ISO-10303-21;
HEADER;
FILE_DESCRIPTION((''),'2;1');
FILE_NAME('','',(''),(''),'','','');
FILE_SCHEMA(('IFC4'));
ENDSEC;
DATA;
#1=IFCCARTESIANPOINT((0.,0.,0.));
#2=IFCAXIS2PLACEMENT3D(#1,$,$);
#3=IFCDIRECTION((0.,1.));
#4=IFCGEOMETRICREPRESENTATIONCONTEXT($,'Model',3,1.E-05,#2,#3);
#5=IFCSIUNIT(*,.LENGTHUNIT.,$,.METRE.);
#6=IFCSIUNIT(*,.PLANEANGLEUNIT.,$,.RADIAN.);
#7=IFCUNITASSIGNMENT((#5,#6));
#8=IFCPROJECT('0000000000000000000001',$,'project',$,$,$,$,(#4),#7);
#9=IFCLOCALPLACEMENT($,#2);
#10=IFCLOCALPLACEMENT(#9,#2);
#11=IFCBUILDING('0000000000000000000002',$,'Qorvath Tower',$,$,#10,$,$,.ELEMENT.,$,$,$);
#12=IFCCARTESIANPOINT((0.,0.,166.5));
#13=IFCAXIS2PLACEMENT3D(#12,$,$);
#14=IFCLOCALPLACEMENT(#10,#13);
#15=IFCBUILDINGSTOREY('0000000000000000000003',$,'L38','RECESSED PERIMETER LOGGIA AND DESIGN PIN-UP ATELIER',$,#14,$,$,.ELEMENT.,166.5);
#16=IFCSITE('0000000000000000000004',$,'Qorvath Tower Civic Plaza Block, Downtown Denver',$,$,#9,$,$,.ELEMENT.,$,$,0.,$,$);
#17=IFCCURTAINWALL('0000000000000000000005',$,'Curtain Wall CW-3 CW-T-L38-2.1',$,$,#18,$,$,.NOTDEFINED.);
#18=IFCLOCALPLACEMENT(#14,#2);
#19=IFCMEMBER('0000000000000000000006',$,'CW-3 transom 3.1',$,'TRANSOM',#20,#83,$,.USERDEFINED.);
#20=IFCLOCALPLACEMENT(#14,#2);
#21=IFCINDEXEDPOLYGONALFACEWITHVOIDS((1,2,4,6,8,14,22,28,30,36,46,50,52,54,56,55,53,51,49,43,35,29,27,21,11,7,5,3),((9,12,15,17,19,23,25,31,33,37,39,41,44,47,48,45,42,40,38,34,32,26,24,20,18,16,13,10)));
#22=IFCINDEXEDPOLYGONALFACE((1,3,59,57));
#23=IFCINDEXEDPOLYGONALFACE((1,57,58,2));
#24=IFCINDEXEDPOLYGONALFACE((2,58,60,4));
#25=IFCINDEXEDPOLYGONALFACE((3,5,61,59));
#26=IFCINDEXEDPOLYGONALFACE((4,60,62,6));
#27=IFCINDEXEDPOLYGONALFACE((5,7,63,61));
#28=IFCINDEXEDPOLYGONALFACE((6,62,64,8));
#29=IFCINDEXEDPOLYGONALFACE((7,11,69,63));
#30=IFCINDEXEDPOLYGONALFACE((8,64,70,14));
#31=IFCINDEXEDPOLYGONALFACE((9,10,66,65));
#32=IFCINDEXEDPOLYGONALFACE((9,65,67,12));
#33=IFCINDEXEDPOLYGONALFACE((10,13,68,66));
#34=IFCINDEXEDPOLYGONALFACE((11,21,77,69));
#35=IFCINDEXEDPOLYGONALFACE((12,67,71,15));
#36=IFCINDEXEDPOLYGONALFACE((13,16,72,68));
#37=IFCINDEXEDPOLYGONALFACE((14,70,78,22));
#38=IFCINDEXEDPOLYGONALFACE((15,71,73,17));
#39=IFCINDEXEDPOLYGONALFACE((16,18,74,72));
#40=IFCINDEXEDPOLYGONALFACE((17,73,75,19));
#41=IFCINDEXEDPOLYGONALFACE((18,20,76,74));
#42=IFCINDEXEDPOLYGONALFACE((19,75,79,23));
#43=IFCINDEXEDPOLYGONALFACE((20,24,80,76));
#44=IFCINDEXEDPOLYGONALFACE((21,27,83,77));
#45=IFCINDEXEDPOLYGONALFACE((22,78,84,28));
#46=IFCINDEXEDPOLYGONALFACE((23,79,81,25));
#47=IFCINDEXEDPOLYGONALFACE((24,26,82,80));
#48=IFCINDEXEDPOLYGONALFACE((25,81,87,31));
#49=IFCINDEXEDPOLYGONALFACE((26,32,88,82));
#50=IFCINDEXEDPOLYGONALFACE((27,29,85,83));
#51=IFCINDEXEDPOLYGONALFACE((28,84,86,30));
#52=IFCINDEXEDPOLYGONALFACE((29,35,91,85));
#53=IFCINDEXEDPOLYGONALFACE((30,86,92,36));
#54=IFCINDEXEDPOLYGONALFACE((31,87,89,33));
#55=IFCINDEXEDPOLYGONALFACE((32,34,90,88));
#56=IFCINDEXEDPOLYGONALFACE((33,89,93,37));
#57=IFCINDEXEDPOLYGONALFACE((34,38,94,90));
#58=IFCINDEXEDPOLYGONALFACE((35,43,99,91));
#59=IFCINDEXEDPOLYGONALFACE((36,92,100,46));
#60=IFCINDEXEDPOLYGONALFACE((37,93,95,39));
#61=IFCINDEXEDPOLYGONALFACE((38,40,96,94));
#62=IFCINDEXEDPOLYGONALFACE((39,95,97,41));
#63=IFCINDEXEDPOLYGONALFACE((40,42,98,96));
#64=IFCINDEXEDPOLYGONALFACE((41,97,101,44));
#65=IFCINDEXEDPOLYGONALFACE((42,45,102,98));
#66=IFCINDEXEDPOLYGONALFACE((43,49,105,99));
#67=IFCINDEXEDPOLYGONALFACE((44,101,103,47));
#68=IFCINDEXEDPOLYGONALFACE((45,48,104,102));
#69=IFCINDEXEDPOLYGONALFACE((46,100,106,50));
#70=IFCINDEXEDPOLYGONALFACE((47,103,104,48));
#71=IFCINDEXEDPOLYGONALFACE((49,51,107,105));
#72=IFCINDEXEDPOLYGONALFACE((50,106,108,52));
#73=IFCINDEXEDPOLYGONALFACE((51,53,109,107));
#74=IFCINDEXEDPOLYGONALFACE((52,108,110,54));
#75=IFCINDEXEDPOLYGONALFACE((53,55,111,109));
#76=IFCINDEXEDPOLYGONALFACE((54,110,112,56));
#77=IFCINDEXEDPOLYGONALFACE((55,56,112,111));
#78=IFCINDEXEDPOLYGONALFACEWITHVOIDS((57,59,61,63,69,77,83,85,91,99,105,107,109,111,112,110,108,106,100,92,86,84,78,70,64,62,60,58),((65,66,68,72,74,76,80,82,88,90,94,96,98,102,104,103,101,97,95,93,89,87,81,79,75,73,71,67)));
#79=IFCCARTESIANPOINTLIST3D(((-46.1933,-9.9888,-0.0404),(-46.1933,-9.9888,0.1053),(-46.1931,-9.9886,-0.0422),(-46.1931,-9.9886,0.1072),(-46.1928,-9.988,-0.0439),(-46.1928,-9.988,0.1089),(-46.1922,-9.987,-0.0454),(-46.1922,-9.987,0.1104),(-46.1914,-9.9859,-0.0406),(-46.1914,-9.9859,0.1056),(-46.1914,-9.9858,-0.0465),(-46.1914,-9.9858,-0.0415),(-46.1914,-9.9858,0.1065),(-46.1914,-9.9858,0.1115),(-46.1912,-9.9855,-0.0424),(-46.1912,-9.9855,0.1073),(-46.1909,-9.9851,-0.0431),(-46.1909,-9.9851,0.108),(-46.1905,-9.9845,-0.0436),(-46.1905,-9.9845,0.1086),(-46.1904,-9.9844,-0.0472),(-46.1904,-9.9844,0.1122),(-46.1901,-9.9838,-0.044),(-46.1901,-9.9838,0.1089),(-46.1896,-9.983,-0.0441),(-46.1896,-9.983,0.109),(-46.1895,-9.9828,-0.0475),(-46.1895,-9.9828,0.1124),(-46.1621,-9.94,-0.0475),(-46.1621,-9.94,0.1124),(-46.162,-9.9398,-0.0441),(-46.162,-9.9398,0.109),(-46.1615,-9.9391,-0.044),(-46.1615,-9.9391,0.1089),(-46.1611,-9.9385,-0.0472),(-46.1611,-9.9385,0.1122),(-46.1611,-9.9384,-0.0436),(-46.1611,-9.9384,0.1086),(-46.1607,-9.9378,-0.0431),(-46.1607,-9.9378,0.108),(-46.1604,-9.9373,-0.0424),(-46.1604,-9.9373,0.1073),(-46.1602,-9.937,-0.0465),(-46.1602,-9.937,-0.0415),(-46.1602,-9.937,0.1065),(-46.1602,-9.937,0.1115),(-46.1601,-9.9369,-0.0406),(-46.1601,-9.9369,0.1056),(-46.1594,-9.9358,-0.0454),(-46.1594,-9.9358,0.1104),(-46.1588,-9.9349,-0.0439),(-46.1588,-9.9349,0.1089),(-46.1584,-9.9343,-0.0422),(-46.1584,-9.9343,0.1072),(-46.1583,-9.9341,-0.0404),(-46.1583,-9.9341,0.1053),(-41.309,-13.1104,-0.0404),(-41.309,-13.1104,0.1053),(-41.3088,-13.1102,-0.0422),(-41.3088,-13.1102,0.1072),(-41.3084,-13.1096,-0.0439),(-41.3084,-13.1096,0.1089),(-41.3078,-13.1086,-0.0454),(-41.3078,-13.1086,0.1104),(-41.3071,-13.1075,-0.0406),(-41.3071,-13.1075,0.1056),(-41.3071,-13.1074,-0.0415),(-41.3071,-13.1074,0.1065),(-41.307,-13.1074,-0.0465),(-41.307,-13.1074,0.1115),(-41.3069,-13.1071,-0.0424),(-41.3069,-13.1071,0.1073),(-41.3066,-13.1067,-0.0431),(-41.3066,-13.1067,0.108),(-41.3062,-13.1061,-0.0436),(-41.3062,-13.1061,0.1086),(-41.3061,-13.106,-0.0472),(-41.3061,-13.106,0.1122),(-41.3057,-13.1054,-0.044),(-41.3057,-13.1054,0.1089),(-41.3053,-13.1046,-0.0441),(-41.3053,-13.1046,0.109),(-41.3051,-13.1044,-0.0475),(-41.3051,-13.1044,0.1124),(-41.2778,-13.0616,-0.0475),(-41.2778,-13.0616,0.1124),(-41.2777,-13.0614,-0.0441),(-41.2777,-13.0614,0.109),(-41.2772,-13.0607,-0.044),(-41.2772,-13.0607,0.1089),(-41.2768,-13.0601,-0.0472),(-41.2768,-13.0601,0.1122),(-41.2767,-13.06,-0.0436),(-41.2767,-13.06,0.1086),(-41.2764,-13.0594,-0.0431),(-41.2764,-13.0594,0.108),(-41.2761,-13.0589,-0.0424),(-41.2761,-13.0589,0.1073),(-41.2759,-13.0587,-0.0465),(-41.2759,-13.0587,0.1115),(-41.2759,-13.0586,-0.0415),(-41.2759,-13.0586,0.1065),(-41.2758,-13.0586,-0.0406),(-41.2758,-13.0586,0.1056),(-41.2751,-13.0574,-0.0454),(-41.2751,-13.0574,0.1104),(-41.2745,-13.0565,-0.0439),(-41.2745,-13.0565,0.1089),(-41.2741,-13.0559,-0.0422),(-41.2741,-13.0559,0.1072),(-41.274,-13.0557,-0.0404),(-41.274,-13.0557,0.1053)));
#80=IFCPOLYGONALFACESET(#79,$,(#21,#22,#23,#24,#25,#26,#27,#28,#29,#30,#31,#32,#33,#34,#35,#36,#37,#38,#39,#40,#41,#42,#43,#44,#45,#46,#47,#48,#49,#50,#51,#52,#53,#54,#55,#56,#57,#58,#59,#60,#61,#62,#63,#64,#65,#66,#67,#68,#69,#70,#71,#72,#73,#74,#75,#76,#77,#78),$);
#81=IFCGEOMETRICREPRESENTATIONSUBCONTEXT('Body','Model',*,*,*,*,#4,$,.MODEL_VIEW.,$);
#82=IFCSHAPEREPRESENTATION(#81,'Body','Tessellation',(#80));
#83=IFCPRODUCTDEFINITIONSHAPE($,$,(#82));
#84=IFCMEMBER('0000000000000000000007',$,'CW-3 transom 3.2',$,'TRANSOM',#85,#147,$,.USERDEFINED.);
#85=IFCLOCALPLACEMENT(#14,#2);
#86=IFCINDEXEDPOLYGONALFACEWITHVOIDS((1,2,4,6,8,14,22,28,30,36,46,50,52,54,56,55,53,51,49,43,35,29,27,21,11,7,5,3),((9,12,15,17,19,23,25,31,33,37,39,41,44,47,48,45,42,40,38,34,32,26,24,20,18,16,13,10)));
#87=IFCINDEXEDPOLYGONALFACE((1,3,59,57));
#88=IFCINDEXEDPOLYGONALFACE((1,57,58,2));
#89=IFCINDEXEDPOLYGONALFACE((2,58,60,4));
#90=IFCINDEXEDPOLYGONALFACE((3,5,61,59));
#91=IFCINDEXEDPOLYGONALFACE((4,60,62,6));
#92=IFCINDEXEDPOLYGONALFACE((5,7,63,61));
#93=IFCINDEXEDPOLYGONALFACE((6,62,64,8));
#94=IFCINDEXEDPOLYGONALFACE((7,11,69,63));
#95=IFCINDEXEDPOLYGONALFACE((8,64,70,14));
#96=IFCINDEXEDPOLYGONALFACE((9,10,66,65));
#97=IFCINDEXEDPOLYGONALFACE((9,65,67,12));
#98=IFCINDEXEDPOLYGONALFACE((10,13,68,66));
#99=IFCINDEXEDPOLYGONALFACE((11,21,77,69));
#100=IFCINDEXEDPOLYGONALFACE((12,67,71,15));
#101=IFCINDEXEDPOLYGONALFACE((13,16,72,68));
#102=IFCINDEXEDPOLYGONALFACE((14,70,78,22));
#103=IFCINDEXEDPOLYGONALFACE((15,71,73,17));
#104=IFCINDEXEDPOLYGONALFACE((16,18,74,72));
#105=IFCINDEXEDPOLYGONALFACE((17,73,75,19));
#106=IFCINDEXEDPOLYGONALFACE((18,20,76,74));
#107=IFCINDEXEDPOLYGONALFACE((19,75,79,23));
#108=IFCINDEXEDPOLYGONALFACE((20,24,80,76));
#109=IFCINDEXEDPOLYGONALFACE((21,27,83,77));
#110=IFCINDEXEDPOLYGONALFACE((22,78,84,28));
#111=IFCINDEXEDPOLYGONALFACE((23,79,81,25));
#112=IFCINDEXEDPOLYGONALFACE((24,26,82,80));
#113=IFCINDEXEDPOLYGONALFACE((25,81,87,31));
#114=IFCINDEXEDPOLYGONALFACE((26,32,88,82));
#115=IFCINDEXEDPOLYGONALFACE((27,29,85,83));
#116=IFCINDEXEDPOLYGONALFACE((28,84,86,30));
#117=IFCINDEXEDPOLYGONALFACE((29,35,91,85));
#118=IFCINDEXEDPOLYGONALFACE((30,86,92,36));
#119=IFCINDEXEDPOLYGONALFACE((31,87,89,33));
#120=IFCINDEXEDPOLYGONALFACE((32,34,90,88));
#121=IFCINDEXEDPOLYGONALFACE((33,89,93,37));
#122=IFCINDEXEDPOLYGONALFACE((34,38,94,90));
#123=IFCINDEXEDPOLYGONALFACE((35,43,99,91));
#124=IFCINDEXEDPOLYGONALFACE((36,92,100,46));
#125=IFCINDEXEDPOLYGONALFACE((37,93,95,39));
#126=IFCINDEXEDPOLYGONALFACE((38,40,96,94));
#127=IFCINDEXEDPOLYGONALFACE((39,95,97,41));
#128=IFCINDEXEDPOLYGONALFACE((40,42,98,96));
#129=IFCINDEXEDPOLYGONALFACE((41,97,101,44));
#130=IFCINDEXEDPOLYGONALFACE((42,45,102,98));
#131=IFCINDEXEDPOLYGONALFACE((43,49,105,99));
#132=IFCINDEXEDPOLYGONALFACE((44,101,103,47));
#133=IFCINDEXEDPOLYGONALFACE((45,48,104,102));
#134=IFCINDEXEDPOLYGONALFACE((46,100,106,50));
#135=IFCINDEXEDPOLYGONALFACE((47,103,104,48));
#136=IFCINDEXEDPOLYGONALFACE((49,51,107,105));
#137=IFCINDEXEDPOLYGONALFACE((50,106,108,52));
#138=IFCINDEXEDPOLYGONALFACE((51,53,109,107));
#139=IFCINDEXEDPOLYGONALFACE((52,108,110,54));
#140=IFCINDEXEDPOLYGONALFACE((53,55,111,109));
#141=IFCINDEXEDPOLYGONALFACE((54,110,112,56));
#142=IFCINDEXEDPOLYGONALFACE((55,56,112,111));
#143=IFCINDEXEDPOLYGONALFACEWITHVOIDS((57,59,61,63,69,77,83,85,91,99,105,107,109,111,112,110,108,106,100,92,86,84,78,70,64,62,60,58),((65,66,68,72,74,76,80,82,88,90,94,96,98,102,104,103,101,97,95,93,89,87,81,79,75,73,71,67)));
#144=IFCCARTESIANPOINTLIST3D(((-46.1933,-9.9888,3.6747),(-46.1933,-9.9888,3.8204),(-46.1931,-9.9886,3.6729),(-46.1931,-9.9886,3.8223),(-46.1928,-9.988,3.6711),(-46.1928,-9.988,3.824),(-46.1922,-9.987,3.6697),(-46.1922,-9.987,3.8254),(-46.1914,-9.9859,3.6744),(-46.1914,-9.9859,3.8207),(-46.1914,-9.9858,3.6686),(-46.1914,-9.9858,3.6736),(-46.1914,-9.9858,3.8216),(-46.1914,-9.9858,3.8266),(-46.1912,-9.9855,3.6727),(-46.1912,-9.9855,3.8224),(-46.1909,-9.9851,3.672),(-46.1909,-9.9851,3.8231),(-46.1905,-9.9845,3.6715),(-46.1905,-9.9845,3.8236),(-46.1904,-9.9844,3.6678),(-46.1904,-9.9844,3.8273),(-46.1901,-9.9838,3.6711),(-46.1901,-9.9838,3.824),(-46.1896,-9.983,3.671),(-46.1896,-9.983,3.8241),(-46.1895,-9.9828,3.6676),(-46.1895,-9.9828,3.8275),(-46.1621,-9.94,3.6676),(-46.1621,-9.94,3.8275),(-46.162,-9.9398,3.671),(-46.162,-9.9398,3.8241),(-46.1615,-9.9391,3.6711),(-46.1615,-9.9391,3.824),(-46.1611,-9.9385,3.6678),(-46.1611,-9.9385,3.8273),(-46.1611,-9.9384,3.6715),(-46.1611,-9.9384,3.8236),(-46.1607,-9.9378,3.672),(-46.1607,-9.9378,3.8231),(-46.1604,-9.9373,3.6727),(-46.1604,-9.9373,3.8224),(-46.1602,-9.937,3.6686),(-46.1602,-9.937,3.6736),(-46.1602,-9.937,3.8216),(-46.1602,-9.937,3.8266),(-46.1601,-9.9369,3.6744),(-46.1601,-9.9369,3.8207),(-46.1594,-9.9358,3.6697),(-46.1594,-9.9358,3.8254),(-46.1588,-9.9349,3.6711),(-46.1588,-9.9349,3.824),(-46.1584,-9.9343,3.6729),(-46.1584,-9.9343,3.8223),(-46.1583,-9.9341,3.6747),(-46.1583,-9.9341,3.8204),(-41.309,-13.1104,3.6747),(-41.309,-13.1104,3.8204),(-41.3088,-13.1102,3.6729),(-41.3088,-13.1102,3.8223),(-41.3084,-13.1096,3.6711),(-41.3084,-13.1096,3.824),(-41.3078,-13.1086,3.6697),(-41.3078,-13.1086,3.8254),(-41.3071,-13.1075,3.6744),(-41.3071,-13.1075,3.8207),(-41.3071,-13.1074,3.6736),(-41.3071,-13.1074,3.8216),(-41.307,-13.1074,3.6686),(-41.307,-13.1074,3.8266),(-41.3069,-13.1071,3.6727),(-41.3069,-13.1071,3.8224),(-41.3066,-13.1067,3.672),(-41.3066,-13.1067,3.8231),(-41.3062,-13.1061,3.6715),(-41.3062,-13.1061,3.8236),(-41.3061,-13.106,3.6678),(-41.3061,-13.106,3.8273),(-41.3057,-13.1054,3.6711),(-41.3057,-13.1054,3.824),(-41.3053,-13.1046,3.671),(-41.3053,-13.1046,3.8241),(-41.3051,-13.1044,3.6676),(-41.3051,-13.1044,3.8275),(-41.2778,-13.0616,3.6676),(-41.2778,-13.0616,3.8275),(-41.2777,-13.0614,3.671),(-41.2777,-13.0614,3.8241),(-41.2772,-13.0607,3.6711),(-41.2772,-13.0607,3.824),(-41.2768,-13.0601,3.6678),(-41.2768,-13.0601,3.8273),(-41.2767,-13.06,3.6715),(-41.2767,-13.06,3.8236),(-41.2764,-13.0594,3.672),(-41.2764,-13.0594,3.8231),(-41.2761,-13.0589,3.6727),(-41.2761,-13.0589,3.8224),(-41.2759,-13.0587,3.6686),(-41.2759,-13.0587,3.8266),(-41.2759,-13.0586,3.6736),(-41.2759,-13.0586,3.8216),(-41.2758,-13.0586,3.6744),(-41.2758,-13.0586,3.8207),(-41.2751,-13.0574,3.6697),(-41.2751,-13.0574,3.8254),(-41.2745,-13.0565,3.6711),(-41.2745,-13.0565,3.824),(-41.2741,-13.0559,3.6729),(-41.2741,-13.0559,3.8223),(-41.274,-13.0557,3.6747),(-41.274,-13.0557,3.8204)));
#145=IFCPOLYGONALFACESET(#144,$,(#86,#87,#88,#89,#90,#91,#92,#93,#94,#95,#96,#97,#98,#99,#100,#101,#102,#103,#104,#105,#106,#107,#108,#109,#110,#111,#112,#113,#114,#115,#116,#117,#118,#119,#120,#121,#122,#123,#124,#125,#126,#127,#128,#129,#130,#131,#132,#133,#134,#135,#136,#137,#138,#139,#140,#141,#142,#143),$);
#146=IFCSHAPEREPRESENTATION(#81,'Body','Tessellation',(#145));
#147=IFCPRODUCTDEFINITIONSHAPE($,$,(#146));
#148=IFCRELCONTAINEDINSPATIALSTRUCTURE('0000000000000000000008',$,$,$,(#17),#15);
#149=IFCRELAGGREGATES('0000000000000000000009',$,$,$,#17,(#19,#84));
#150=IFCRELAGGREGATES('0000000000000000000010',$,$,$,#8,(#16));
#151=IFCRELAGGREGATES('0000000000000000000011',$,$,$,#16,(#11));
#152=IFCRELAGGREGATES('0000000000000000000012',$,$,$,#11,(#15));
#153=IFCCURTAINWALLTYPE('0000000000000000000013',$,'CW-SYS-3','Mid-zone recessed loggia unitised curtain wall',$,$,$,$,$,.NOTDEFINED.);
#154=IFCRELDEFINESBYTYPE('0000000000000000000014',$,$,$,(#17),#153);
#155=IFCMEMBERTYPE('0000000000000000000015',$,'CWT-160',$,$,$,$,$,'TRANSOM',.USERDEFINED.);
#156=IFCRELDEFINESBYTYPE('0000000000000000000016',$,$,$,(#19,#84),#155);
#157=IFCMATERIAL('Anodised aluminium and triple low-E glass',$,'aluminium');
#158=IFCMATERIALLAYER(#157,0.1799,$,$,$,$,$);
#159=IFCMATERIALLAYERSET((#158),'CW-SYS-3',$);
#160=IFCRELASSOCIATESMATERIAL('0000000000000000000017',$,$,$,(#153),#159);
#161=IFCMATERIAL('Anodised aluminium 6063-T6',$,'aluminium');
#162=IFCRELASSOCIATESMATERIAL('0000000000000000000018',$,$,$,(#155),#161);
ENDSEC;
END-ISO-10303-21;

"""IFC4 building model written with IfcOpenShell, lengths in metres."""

from ifc_helpers import new_model, si_unit, direction, frame, origin, origin_2d, place, context, subcontext, project, spatial, hollow_rectangle, extrude, material, layer, layer_set, material_profile, profile_set, type_object, element, aggregate, save


model = new_model("IFC4")

# Units and contexts
model_context = context("Model", 3, precision=1e-05, world=origin(), true_north=direction((0.0, 1.0)))
body_context = subcontext(model_context, "Body", "Model", "MODEL_VIEW")
ifc_project = project(units=[si_unit("LENGTHUNIT", "METRE"), si_unit("PLANEANGLEUNIT", "RADIAN")], contexts=[model_context])

# Site, building, storey
site_placement = place(None, origin())
site = spatial("IfcSite", under=ifc_project, at=site_placement, Name="Qorvath Tower Civic Plaza Block, Downtown Denver", CompositionType="ELEMENT", RefElevation=0.0)
building_placement = place(site_placement, origin())
building = spatial("IfcBuilding", under=site, at=building_placement, Name="Qorvath Tower", CompositionType="ELEMENT")
storey_placement = place(building_placement, frame((0.0, 0.0, 166.5)))
storey = spatial("IfcBuildingStorey", under=building, at=storey_placement, Name="L38", Description="RECESSED PERIMETER LOGGIA AND DESIGN PIN-UP ATELIER", CompositionType="ELEMENT", Elevation=166.5)

# Curtain wall, members
ifc_material_1 = material(Name="Anodised aluminium and triple low-E glass", Category="aluminium")
ifc_layer_1 = layer(ifc_material_1, 0.1799)
ifc_layer_set_1 = layer_set([ifc_layer_1], Name="CW-SYS-3")
curtain_wall_type = type_object("IfcCurtainWallType", Name="CW-SYS-3", Description="Mid-zone recessed loggia unitised curtain wall", PredefinedType="NOTDEFINED", material=ifc_layer_set_1)
curtain_wall_placement = place(storey_placement, origin())
curtain_wall = element("IfcCurtainWall", 1, at=curtain_wall_placement, inside=storey, type_object=curtain_wall_type, Name="Curtain Wall CW-3 CW-T-L38-2.1", PredefinedType="NOTDEFINED")
ifc_material_2 = material(Name="Anodised aluminium 6063-T6", Category="aluminium")
ifc_material_profile_1 = material_profile(ifc_material_2, hollow_rectangle(XDim=0.0649, YDim=0.1599, WallThickness=0.0034, InnerFilletRadius=0.0034, OuterFilletRadius=0.0071, at=origin_2d()), Name="CWT 160x65")
ifc_profile_set_1 = profile_set([ifc_material_profile_1], Name="Anodised aluminium 6063-T6")
member_type_1 = type_object("IfcMemberType", Name="CWT-160", ElementType="TRANSOM", PredefinedType="USERDEFINED", material=ifc_profile_set_1)
member_1_placement = place(storey_placement, frame((-46.1758, -9.9614, 0.0325), z_axis=(0.842612, -0.538521, 0.0), x_axis=(0.538521, 0.842612, 0.0)))
member_1 = element("IfcMember", 2, at=member_1_placement, type_object=member_type_1, Name="CW-3 transom 3.1", ObjectType="TRANSOM", PredefinedType="USERDEFINED", context=body_context, shape_type="SweptSolid", body=[
    extrude(hollow_rectangle(XDim=0.0649, YDim=0.1599, WallThickness=0.0034, InnerFilletRadius=0.0034, OuterFilletRadius=0.0071, at=origin_2d()), origin(), (0.0, 0.0, 1.0), 5.7966),
])
member_2_placement = place(storey_placement, frame((-46.1758, -9.9614, 3.7476), z_axis=(0.842612, -0.538521, 0.0), x_axis=(0.538521, 0.842612, 0.0)))
member_2 = element("IfcMember", 3, at=member_2_placement, type_object=member_type_1, Name="CW-3 transom 3.2", ObjectType="TRANSOM", PredefinedType="USERDEFINED", context=body_context, shape_type="SweptSolid", body=[
    extrude(hollow_rectangle(XDim=0.0649, YDim=0.1599, WallThickness=0.0034, InnerFilletRadius=0.0034, OuterFilletRadius=0.0071, at=origin_2d()), origin(), (0.0, 0.0, 1.0), 5.7966),
])
aggregate(curtain_wall, [member_1, member_2])

save(model, "model.ifc")
